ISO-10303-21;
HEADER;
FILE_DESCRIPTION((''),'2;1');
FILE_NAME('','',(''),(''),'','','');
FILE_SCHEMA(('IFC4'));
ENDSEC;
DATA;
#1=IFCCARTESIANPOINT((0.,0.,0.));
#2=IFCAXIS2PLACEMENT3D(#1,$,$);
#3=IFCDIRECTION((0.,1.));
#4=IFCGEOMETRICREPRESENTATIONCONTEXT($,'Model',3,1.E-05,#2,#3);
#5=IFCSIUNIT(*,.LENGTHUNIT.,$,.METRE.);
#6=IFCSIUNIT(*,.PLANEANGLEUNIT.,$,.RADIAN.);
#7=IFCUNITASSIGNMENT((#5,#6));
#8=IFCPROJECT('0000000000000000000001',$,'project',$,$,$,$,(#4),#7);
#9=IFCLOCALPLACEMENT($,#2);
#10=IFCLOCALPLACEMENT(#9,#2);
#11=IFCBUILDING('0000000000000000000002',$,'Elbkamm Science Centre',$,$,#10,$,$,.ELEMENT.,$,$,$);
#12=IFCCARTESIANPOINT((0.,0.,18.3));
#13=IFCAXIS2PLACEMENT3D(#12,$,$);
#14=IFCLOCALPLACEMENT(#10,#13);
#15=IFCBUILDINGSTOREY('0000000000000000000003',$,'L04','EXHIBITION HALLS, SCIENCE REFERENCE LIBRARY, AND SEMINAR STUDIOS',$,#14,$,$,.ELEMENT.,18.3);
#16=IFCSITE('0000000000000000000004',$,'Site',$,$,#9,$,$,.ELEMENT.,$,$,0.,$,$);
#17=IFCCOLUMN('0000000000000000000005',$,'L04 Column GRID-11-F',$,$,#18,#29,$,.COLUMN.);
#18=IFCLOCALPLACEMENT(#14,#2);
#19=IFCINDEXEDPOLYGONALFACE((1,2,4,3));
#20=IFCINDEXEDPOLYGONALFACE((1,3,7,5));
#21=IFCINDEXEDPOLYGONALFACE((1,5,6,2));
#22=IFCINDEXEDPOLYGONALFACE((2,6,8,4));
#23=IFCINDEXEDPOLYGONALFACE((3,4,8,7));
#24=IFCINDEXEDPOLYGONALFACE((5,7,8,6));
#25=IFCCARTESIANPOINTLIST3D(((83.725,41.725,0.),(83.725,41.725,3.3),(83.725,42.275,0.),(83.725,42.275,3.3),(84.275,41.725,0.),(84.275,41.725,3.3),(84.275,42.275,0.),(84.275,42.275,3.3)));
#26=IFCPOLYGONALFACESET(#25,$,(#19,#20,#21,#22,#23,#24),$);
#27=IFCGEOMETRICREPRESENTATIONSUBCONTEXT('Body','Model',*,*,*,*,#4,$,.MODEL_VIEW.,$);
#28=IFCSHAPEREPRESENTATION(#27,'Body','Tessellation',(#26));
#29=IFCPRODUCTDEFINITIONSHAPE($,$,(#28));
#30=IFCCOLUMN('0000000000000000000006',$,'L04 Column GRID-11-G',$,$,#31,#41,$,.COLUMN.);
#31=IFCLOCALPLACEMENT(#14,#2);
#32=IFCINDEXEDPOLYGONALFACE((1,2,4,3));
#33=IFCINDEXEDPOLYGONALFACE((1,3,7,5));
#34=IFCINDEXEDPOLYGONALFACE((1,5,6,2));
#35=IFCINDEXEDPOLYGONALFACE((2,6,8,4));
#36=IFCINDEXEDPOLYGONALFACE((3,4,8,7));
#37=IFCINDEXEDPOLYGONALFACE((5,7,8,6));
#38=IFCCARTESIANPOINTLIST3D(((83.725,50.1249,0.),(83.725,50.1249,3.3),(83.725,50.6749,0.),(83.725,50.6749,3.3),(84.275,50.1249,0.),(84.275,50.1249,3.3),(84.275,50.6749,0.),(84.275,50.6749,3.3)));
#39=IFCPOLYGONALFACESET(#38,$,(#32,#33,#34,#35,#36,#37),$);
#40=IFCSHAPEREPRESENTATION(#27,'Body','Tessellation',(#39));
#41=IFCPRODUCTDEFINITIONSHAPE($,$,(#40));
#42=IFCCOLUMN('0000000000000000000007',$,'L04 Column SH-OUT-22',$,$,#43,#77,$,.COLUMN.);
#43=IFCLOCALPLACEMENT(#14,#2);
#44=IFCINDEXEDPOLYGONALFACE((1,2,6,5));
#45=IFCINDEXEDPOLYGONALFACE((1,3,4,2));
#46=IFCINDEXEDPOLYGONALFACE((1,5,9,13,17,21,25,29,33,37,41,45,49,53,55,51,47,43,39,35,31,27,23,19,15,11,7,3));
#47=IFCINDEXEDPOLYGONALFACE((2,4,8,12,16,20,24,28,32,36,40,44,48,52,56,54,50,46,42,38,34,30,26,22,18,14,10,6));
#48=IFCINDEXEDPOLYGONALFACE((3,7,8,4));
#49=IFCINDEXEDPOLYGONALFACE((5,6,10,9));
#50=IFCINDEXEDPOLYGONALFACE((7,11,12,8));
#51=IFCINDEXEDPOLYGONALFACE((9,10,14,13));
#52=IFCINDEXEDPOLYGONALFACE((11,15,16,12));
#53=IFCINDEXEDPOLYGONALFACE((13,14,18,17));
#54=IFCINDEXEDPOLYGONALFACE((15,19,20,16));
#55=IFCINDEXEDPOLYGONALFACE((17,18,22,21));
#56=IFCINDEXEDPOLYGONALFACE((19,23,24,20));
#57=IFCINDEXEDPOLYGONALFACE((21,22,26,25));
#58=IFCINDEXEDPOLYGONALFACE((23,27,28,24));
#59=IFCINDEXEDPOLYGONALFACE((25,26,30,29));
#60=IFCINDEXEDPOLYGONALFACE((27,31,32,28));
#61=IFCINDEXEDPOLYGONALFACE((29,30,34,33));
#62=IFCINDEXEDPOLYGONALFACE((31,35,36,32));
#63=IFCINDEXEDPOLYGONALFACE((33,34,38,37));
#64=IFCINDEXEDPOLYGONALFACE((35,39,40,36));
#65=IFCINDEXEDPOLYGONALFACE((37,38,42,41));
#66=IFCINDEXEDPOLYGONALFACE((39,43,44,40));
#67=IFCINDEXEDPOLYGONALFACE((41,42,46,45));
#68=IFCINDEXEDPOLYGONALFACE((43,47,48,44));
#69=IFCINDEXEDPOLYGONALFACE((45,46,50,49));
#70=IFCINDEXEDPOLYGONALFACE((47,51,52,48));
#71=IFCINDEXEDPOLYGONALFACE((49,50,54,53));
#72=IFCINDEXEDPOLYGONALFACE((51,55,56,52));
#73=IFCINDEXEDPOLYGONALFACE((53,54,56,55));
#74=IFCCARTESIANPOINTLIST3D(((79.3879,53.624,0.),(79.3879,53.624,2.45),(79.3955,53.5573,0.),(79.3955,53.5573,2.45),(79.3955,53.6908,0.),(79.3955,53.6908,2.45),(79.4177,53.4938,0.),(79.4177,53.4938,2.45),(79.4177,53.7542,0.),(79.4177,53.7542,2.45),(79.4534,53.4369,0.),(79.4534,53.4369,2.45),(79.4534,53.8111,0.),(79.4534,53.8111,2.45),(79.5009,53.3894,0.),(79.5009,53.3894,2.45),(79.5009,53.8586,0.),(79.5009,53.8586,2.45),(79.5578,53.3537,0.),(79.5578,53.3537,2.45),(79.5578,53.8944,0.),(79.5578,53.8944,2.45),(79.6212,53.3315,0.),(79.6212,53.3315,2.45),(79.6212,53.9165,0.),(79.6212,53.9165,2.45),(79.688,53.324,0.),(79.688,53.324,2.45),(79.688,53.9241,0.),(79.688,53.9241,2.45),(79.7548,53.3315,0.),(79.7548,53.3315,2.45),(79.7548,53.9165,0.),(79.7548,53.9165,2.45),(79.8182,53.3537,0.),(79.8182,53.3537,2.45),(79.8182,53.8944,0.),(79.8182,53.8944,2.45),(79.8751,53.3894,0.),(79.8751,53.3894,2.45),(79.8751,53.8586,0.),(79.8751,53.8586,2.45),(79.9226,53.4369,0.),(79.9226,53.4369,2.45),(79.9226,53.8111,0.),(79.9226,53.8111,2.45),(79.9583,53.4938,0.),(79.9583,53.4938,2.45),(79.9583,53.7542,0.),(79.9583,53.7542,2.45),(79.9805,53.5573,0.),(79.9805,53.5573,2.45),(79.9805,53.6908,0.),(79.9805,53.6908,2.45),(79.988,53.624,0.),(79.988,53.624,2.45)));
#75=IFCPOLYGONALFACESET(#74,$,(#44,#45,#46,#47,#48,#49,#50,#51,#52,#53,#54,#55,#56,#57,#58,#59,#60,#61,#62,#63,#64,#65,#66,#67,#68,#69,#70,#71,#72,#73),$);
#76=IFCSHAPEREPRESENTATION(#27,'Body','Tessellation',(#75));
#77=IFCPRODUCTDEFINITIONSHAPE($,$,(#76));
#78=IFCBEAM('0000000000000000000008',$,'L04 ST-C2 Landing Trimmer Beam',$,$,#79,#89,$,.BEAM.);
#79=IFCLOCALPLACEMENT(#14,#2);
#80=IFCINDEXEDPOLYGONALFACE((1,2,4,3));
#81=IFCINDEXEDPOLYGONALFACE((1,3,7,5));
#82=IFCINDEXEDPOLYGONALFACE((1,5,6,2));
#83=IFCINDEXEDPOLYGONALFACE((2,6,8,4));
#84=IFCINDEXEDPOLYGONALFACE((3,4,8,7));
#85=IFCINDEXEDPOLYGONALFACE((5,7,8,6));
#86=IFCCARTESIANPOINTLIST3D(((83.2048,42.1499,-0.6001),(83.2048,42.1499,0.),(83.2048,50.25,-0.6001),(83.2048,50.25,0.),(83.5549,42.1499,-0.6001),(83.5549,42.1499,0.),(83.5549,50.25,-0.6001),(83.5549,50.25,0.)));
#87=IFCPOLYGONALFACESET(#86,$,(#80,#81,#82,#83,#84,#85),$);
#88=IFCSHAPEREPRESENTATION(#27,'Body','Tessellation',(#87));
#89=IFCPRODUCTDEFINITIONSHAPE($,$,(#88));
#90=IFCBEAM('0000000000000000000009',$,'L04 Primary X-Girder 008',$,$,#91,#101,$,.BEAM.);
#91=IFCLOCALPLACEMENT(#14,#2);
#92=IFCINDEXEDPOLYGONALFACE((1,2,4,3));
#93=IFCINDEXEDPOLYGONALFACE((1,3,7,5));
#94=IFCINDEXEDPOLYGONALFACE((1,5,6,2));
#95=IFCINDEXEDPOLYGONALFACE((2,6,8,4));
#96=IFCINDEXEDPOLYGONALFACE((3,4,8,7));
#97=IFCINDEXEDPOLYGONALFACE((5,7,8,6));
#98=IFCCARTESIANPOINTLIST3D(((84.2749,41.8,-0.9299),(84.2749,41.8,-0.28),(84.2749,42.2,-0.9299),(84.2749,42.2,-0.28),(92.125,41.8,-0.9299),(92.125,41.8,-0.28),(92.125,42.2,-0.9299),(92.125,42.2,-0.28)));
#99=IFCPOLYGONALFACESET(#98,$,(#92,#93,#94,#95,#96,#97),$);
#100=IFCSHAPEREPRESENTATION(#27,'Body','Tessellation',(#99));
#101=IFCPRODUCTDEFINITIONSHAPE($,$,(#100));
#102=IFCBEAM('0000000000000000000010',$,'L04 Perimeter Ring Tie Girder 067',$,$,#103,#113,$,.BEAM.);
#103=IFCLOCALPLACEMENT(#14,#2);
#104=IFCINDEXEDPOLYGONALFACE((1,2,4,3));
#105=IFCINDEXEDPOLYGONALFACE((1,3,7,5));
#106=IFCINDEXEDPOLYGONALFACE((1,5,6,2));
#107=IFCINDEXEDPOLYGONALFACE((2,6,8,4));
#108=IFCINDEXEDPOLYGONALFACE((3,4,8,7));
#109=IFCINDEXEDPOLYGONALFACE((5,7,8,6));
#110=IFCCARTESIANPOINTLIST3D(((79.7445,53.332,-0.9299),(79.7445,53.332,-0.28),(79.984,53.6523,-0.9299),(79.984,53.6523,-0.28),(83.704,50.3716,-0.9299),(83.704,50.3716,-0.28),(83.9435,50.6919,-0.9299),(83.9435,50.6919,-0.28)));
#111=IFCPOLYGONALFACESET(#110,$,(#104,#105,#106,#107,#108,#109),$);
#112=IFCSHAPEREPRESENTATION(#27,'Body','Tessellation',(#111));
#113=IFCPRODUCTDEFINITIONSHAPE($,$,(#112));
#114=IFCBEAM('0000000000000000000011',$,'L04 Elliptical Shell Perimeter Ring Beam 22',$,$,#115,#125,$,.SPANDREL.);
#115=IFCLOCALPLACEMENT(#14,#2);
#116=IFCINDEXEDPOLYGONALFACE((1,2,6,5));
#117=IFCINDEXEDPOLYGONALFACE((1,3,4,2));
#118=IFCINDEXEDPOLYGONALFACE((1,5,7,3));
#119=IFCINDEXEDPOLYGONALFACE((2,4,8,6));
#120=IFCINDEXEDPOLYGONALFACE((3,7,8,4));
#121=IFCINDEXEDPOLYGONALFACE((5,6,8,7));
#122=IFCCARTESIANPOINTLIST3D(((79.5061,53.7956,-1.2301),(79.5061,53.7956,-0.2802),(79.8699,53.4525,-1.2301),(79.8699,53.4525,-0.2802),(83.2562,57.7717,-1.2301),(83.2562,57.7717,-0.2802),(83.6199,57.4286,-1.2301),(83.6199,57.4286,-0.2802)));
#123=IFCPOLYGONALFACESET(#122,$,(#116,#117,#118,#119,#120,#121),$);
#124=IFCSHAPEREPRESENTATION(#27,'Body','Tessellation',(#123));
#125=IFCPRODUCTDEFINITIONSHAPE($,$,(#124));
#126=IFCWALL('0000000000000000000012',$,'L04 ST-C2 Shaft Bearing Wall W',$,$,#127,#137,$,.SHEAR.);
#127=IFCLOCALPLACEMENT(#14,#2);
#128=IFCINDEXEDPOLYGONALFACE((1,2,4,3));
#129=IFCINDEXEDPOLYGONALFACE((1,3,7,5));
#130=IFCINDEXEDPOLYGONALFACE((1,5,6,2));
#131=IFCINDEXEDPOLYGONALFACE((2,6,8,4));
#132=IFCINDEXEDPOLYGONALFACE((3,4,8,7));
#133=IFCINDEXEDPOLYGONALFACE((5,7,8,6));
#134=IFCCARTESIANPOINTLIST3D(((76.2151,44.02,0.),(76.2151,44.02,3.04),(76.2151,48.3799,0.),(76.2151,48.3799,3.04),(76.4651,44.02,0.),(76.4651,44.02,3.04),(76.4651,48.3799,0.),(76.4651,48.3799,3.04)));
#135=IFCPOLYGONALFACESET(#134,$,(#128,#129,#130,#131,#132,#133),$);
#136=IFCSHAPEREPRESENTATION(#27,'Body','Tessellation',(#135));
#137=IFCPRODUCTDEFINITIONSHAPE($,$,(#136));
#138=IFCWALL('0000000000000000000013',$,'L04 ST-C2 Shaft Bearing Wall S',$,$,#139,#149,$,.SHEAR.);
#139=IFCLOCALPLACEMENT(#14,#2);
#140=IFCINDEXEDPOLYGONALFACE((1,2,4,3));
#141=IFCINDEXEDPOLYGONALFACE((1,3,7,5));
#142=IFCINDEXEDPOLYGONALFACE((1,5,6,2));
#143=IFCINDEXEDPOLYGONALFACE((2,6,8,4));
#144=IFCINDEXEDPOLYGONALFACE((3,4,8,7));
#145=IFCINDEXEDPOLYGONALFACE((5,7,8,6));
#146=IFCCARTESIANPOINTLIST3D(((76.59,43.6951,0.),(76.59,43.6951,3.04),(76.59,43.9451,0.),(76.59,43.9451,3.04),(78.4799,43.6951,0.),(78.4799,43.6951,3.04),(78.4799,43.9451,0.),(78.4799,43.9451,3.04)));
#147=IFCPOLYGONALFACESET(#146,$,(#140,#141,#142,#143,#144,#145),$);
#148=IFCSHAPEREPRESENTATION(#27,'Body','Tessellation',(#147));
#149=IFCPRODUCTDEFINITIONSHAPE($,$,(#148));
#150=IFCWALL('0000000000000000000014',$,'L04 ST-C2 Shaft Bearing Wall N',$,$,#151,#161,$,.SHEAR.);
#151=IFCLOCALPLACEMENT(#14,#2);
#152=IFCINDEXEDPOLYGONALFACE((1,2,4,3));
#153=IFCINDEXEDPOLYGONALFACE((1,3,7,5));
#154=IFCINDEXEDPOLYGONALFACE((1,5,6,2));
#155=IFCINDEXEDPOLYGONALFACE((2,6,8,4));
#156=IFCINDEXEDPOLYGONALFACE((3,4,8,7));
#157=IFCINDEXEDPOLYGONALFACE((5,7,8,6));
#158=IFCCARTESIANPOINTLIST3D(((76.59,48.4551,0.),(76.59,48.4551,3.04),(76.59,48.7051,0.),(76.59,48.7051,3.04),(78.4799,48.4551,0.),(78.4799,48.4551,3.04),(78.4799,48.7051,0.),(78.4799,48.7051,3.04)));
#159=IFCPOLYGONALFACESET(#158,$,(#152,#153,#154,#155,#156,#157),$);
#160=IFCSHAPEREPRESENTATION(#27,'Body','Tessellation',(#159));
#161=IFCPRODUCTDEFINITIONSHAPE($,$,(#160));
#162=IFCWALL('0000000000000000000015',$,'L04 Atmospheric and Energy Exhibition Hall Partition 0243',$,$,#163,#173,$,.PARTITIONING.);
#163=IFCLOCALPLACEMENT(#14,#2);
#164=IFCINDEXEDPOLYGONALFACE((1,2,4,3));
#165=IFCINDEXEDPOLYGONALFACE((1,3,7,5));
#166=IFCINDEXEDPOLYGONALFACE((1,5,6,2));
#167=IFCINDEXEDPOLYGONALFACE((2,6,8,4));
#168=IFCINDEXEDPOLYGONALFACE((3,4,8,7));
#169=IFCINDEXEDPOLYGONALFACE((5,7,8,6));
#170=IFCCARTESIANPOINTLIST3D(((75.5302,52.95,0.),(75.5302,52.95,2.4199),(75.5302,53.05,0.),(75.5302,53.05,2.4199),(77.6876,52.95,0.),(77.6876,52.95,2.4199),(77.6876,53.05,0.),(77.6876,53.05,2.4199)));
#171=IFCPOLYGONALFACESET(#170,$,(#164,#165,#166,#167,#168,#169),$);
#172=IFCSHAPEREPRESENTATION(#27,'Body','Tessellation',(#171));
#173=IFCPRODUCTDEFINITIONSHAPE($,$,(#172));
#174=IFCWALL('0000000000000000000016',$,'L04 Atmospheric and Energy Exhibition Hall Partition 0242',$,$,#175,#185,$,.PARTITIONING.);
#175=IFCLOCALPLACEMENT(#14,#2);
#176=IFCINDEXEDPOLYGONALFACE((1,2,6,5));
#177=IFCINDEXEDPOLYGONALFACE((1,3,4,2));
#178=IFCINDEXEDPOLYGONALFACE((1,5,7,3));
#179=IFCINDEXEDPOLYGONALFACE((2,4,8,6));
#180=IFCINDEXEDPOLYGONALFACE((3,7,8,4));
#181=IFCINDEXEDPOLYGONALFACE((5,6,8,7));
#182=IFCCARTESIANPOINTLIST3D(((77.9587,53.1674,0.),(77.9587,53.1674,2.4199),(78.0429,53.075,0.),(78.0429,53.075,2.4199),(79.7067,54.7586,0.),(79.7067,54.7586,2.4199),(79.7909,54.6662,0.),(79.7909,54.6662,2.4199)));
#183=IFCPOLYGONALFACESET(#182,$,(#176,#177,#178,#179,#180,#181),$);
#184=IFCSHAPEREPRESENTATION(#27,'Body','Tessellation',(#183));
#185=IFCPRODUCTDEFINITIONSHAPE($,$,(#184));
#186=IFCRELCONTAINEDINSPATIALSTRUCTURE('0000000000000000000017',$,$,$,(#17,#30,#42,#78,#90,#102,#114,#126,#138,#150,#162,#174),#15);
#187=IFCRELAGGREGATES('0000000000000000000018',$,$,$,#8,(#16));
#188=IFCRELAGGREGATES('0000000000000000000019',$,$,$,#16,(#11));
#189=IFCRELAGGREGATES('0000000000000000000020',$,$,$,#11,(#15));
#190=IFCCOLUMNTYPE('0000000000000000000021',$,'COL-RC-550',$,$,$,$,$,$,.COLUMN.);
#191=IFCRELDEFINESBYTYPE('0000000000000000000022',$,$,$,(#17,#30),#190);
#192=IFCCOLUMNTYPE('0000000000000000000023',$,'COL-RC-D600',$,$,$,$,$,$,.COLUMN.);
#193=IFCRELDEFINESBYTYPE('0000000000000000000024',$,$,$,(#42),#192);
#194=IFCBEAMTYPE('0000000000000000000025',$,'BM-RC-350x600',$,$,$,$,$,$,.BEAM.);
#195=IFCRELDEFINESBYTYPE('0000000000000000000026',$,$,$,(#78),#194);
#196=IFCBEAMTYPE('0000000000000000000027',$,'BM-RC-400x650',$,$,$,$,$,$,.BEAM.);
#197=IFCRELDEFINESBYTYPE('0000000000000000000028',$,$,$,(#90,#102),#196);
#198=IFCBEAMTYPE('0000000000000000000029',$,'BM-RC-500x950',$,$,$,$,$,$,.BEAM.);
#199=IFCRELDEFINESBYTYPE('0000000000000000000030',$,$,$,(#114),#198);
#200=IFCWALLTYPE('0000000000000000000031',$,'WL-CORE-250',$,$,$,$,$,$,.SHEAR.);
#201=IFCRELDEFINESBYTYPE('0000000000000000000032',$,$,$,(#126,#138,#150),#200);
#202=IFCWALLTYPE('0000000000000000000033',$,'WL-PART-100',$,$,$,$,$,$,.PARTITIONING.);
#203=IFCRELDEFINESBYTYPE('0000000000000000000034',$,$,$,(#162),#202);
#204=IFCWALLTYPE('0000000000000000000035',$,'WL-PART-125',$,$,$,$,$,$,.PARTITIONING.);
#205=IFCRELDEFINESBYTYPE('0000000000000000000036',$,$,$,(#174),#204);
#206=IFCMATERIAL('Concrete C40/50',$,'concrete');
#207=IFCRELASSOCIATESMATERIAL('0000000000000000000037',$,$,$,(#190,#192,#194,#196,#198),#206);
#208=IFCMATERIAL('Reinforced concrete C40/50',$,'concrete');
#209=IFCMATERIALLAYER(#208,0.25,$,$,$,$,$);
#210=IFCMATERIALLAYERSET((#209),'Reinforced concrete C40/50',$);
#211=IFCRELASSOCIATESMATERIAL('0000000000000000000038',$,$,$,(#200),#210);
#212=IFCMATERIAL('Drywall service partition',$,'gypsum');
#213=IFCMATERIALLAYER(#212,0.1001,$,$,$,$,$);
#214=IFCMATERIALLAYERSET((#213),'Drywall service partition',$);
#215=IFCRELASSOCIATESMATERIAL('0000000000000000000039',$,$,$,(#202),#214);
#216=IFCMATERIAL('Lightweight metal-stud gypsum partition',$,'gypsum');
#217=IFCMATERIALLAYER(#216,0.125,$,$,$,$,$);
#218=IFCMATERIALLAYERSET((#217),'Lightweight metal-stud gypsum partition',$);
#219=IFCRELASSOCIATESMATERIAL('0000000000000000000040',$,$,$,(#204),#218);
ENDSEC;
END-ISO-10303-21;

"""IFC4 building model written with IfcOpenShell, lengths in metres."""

from ifc_helpers import new_model, si_unit, direction, frame, frame_2d, origin, origin_2d, place, context, subcontext, project, spatial, rectangle, circle, extrude, material, layer, layer_set, material_profile, profile_set, type_object, element, save


model = new_model("IFC4")

# Units and contexts
model_context = context("Model", 3, precision=1e-05, world=origin(), true_north=direction((0.0, 1.0)))
body_context = subcontext(model_context, "Body", "Model", "MODEL_VIEW")
ifc_project = project(units=[si_unit("LENGTHUNIT", "METRE"), si_unit("PLANEANGLEUNIT", "RADIAN")], contexts=[model_context])

# Site, building, storey
site_placement = place(None, origin())
site = spatial("IfcSite", under=ifc_project, at=site_placement, Name="Site", CompositionType="ELEMENT", RefElevation=0.0)
building_placement = place(site_placement, origin())
building = spatial("IfcBuilding", under=site, at=building_placement, Name="Elbkamm Science Centre", CompositionType="ELEMENT")
storey_placement = place(building_placement, frame((0.0, 0.0, 18.3)))
storey = spatial("IfcBuildingStorey", under=building, at=storey_placement, Name="L04", Description="EXHIBITION HALLS, SCIENCE REFERENCE LIBRARY, AND SEMINAR STUDIOS", CompositionType="ELEMENT", Elevation=18.3)

# Columns
ifc_material_1 = material(Name="Concrete C40/50", Category="concrete")
ifc_material_profile_1 = material_profile(ifc_material_1, rectangle(XDim=0.55, YDim=0.55, at=origin_2d()), Name="RC 550x550")
ifc_profile_set_1 = profile_set([ifc_material_profile_1], Name="Concrete C40/50")
column_type_1 = type_object("IfcColumnType", Name="COL-RC-550", PredefinedType="COLUMN", material=ifc_profile_set_1)
for number, where, z_axis, x_axis, name in (
    (1, (84.0, 42.0, 0.0), (0.0, 0.0, 1.0), (1.0, 0.0, 0.0), "L04 Column GRID-11-F"),
    (2, (84.0, 50.3999, 0.0), (0.0, 0.0, 1.0), (1.0, 0.0, 0.0), "L04 Column GRID-11-G"),
):
    element("IfcColumn", number, at=place(storey_placement, frame(where, z_axis=z_axis, x_axis=x_axis)), inside=storey, type_object=column_type_1, Name=name, PredefinedType="COLUMN", context=body_context, shape_type="SweptSolid", body=[
        extrude(rectangle(XDim=0.55, YDim=0.55, at=origin_2d()), origin(), (0.0, 0.0, 1.0), 3.3),
    ])
ifc_material_profile_2 = material_profile(ifc_material_1, circle(Radius=0.3, at=origin_2d()), Name="RC D600")
ifc_profile_set_2 = profile_set([ifc_material_profile_2], Name="Concrete C40/50")
column_type_2 = type_object("IfcColumnType", Name="COL-RC-D600", PredefinedType="COLUMN", material=ifc_profile_set_2)
column_placement = place(storey_placement, frame((79.688, 53.624, 0.0), z_axis=(0.0, 0.0, 1.0), x_axis=(1.0, 0.0, 0.0)))
element("IfcColumn", 3, at=column_placement, inside=storey, type_object=column_type_2, Name="L04 Column SH-OUT-22", PredefinedType="COLUMN", context=body_context, shape_type="SweptSolid", body=[
    extrude(circle(Radius=0.3, at=origin_2d()), origin(), (0.0, 0.0, 1.0), 2.45),
])

# Beams
ifc_material_profile_3 = material_profile(ifc_material_1, rectangle(XDim=0.3501, YDim=0.6001, at=origin_2d()), Name="RC 350x600")
ifc_profile_set_3 = profile_set([ifc_material_profile_3], Name="Concrete C40/50")
beam_type_1 = type_object("IfcBeamType", Name="BM-RC-350x600", PredefinedType="BEAM", material=ifc_profile_set_3)
beam_1_placement = place(storey_placement, frame((83.3799, 42.1499, -0.3), z_axis=(0.0, 1.0, 0.0), x_axis=(-1.0, 0.0, 0.0)))
element("IfcBeam", 4, at=beam_1_placement, inside=storey, type_object=beam_type_1, Name="L04 ST-C2 Landing Trimmer Beam", PredefinedType="BEAM", context=body_context, shape_type="SweptSolid", body=[
    extrude(rectangle(XDim=0.3501, YDim=0.6001, at=origin_2d()), origin(), (0.0, 0.0, 1.0), 8.1001),
])
ifc_material_profile_4 = material_profile(ifc_material_1, rectangle(XDim=0.3999, YDim=0.6499, at=origin_2d()), Name="RC 400x650")
ifc_profile_set_4 = profile_set([ifc_material_profile_4], Name="Concrete C40/50")
beam_type_2 = type_object("IfcBeamType", Name="BM-RC-400x650", PredefinedType="BEAM", material=ifc_profile_set_4)
beam_2_placement = place(storey_placement, frame((84.2749, 42.0, -0.605), z_axis=(1.0, 0.0, 0.0), x_axis=(0.0, 1.0, 0.0)))
element("IfcBeam", 5, at=beam_2_placement, inside=storey, type_object=beam_type_2, Name="L04 Primary X-Girder 008", PredefinedType="BEAM", context=body_context, shape_type="SweptSolid", body=[
    extrude(rectangle(XDim=0.3999, YDim=0.6499, at=origin_2d()), origin(), (0.0, 0.0, 1.0), 7.8501),
])
beam_3_placement = place(storey_placement, frame((83.8237, 50.5317, -0.605), z_axis=(-0.800888, 0.598814, 0.0), x_axis=(-0.598814, -0.800888, 0.0)))
element("IfcBeam", 6, at=beam_3_placement, inside=storey, type_object=beam_type_2, Name="L04 Perimeter Ring Tie Girder 067", PredefinedType="BEAM", context=body_context, shape_type="SweptSolid", body=[
    extrude(rectangle(XDim=0.3999, YDim=0.6499, at=origin_2d()), origin(), (0.0, 0.0, 1.0), 4.9438),
])
ifc_material_profile_5 = material_profile(ifc_material_1, rectangle(XDim=0.5, YDim=0.95, at=origin_2d()), Name="RC 500x950")
ifc_profile_set_5 = profile_set([ifc_material_profile_5], Name="Concrete C40/50")
beam_type_3 = type_object("IfcBeamType", Name="BM-RC-500x950", PredefinedType="BEAM", material=ifc_profile_set_5)
beam_4_placement = place(storey_placement, frame((79.688, 53.624, -0.7551), z_axis=(0.686122, 0.727486, 0.0), x_axis=(-0.727486, 0.686122, 0.0)))
element("IfcBeam", 7, at=beam_4_placement, inside=storey, type_object=beam_type_3, Name="L04 Elliptical Shell Perimeter Ring Beam 22", PredefinedType="SPANDREL", context=body_context, shape_type="SweptSolid", body=[
    extrude(rectangle(XDim=0.5, YDim=0.95, at=origin_2d()), origin(), (0.0, 0.0, 1.0), 5.4656),
])

# Walls
ifc_material_2 = material(Name="Reinforced concrete C40/50", Category="concrete")
ifc_layer_1 = layer(ifc_material_2, 0.25)
ifc_layer_set_1 = layer_set([ifc_layer_1], Name="Reinforced concrete C40/50")
wall_type_1 = type_object("IfcWallType", Name="WL-CORE-250", PredefinedType="SHEAR", material=ifc_layer_set_1)
wall_1_placement = place(storey_placement, frame((76.3401, 44.02, 0.0), z_axis=(0.0, 0.0, 1.0), x_axis=(0.0, 1.0, 0.0)))
element("IfcWall", 8, at=wall_1_placement, inside=storey, type_object=wall_type_1, Name="L04 ST-C2 Shaft Bearing Wall W", PredefinedType="SHEAR", context=body_context, shape_type="SweptSolid", body=[
    extrude(rectangle(XDim=4.3599, YDim=0.25, at=frame_2d((2.1799, 0.0))), origin(), (0.0, 0.0, 1.0), 3.04),
])
for number, where, z_axis, x_axis, name in (
    (9, (76.5901, 43.8201, 0.0), (0.0, 0.0, 1.0), (1.0, 0.0, 0.0), "L04 ST-C2 Shaft Bearing Wall S"),
    (10, (76.5901, 48.5801, 0.0), (0.0, 0.0, 1.0), (1.0, 0.0, 0.0), "L04 ST-C2 Shaft Bearing Wall N"),
):
    element("IfcWall", number, at=place(storey_placement, frame(where, z_axis=z_axis, x_axis=x_axis)), inside=storey, type_object=wall_type_1, Name=name, PredefinedType="SHEAR", context=body_context, shape_type="SweptSolid", body=[
        extrude(rectangle(XDim=1.8899, YDim=0.25, at=frame_2d((0.9448, 0.0))), origin(), (0.0, 0.0, 1.0), 3.04),
    ])
ifc_material_3 = material(Name="Drywall service partition", Category="gypsum")
ifc_layer_2 = layer(ifc_material_3, 0.1001)
ifc_layer_set_2 = layer_set([ifc_layer_2], Name="Drywall service partition")
wall_type_2 = type_object("IfcWallType", Name="WL-PART-100", PredefinedType="PARTITIONING", material=ifc_layer_set_2)
wall_2_placement = place(storey_placement, frame((77.6875, 53.0, 0.0), z_axis=(0.0, 0.0, 1.0), x_axis=(-1.0, 0.0, 0.0)))
element("IfcWall", 11, at=wall_2_placement, inside=storey, type_object=wall_type_2, Name="L04 Atmospheric and Energy Exhibition Hall Partition 0243", PredefinedType="PARTITIONING", context=body_context, shape_type="SweptSolid", body=[
    extrude(rectangle(XDim=2.1575, YDim=0.1001, at=frame_2d((1.0786, 0.0))), origin(), (0.0, 0.0, 1.0), 2.4199),
])
ifc_material_4 = material(Name="Lightweight metal-stud gypsum partition", Category="gypsum")
ifc_layer_3 = layer(ifc_material_4, 0.125)
ifc_layer_set_3 = layer_set([ifc_layer_3], Name="Lightweight metal-stud gypsum partition")
wall_type_3 = type_object("IfcWallType", Name="WL-PART-125", PredefinedType="PARTITIONING", material=ifc_layer_set_3)
wall_3_placement = place(storey_placement, frame((79.7488, 54.7124, 0.0), z_axis=(0.0, 0.0, 1.0), x_axis=(-0.739482, -0.673176, 0.0)))
element("IfcWall", 12, at=wall_3_placement, inside=storey, type_object=wall_type_3, Name="L04 Atmospheric and Energy Exhibition Hall Partition 0242", PredefinedType="PARTITIONING", context=body_context, shape_type="SweptSolid", body=[
    extrude(rectangle(XDim=2.3638, YDim=0.125, at=frame_2d((1.1819, 0.0))), origin(), (0.0, 0.0, 1.0), 2.4199),
])

save(model, "model.ifc")
